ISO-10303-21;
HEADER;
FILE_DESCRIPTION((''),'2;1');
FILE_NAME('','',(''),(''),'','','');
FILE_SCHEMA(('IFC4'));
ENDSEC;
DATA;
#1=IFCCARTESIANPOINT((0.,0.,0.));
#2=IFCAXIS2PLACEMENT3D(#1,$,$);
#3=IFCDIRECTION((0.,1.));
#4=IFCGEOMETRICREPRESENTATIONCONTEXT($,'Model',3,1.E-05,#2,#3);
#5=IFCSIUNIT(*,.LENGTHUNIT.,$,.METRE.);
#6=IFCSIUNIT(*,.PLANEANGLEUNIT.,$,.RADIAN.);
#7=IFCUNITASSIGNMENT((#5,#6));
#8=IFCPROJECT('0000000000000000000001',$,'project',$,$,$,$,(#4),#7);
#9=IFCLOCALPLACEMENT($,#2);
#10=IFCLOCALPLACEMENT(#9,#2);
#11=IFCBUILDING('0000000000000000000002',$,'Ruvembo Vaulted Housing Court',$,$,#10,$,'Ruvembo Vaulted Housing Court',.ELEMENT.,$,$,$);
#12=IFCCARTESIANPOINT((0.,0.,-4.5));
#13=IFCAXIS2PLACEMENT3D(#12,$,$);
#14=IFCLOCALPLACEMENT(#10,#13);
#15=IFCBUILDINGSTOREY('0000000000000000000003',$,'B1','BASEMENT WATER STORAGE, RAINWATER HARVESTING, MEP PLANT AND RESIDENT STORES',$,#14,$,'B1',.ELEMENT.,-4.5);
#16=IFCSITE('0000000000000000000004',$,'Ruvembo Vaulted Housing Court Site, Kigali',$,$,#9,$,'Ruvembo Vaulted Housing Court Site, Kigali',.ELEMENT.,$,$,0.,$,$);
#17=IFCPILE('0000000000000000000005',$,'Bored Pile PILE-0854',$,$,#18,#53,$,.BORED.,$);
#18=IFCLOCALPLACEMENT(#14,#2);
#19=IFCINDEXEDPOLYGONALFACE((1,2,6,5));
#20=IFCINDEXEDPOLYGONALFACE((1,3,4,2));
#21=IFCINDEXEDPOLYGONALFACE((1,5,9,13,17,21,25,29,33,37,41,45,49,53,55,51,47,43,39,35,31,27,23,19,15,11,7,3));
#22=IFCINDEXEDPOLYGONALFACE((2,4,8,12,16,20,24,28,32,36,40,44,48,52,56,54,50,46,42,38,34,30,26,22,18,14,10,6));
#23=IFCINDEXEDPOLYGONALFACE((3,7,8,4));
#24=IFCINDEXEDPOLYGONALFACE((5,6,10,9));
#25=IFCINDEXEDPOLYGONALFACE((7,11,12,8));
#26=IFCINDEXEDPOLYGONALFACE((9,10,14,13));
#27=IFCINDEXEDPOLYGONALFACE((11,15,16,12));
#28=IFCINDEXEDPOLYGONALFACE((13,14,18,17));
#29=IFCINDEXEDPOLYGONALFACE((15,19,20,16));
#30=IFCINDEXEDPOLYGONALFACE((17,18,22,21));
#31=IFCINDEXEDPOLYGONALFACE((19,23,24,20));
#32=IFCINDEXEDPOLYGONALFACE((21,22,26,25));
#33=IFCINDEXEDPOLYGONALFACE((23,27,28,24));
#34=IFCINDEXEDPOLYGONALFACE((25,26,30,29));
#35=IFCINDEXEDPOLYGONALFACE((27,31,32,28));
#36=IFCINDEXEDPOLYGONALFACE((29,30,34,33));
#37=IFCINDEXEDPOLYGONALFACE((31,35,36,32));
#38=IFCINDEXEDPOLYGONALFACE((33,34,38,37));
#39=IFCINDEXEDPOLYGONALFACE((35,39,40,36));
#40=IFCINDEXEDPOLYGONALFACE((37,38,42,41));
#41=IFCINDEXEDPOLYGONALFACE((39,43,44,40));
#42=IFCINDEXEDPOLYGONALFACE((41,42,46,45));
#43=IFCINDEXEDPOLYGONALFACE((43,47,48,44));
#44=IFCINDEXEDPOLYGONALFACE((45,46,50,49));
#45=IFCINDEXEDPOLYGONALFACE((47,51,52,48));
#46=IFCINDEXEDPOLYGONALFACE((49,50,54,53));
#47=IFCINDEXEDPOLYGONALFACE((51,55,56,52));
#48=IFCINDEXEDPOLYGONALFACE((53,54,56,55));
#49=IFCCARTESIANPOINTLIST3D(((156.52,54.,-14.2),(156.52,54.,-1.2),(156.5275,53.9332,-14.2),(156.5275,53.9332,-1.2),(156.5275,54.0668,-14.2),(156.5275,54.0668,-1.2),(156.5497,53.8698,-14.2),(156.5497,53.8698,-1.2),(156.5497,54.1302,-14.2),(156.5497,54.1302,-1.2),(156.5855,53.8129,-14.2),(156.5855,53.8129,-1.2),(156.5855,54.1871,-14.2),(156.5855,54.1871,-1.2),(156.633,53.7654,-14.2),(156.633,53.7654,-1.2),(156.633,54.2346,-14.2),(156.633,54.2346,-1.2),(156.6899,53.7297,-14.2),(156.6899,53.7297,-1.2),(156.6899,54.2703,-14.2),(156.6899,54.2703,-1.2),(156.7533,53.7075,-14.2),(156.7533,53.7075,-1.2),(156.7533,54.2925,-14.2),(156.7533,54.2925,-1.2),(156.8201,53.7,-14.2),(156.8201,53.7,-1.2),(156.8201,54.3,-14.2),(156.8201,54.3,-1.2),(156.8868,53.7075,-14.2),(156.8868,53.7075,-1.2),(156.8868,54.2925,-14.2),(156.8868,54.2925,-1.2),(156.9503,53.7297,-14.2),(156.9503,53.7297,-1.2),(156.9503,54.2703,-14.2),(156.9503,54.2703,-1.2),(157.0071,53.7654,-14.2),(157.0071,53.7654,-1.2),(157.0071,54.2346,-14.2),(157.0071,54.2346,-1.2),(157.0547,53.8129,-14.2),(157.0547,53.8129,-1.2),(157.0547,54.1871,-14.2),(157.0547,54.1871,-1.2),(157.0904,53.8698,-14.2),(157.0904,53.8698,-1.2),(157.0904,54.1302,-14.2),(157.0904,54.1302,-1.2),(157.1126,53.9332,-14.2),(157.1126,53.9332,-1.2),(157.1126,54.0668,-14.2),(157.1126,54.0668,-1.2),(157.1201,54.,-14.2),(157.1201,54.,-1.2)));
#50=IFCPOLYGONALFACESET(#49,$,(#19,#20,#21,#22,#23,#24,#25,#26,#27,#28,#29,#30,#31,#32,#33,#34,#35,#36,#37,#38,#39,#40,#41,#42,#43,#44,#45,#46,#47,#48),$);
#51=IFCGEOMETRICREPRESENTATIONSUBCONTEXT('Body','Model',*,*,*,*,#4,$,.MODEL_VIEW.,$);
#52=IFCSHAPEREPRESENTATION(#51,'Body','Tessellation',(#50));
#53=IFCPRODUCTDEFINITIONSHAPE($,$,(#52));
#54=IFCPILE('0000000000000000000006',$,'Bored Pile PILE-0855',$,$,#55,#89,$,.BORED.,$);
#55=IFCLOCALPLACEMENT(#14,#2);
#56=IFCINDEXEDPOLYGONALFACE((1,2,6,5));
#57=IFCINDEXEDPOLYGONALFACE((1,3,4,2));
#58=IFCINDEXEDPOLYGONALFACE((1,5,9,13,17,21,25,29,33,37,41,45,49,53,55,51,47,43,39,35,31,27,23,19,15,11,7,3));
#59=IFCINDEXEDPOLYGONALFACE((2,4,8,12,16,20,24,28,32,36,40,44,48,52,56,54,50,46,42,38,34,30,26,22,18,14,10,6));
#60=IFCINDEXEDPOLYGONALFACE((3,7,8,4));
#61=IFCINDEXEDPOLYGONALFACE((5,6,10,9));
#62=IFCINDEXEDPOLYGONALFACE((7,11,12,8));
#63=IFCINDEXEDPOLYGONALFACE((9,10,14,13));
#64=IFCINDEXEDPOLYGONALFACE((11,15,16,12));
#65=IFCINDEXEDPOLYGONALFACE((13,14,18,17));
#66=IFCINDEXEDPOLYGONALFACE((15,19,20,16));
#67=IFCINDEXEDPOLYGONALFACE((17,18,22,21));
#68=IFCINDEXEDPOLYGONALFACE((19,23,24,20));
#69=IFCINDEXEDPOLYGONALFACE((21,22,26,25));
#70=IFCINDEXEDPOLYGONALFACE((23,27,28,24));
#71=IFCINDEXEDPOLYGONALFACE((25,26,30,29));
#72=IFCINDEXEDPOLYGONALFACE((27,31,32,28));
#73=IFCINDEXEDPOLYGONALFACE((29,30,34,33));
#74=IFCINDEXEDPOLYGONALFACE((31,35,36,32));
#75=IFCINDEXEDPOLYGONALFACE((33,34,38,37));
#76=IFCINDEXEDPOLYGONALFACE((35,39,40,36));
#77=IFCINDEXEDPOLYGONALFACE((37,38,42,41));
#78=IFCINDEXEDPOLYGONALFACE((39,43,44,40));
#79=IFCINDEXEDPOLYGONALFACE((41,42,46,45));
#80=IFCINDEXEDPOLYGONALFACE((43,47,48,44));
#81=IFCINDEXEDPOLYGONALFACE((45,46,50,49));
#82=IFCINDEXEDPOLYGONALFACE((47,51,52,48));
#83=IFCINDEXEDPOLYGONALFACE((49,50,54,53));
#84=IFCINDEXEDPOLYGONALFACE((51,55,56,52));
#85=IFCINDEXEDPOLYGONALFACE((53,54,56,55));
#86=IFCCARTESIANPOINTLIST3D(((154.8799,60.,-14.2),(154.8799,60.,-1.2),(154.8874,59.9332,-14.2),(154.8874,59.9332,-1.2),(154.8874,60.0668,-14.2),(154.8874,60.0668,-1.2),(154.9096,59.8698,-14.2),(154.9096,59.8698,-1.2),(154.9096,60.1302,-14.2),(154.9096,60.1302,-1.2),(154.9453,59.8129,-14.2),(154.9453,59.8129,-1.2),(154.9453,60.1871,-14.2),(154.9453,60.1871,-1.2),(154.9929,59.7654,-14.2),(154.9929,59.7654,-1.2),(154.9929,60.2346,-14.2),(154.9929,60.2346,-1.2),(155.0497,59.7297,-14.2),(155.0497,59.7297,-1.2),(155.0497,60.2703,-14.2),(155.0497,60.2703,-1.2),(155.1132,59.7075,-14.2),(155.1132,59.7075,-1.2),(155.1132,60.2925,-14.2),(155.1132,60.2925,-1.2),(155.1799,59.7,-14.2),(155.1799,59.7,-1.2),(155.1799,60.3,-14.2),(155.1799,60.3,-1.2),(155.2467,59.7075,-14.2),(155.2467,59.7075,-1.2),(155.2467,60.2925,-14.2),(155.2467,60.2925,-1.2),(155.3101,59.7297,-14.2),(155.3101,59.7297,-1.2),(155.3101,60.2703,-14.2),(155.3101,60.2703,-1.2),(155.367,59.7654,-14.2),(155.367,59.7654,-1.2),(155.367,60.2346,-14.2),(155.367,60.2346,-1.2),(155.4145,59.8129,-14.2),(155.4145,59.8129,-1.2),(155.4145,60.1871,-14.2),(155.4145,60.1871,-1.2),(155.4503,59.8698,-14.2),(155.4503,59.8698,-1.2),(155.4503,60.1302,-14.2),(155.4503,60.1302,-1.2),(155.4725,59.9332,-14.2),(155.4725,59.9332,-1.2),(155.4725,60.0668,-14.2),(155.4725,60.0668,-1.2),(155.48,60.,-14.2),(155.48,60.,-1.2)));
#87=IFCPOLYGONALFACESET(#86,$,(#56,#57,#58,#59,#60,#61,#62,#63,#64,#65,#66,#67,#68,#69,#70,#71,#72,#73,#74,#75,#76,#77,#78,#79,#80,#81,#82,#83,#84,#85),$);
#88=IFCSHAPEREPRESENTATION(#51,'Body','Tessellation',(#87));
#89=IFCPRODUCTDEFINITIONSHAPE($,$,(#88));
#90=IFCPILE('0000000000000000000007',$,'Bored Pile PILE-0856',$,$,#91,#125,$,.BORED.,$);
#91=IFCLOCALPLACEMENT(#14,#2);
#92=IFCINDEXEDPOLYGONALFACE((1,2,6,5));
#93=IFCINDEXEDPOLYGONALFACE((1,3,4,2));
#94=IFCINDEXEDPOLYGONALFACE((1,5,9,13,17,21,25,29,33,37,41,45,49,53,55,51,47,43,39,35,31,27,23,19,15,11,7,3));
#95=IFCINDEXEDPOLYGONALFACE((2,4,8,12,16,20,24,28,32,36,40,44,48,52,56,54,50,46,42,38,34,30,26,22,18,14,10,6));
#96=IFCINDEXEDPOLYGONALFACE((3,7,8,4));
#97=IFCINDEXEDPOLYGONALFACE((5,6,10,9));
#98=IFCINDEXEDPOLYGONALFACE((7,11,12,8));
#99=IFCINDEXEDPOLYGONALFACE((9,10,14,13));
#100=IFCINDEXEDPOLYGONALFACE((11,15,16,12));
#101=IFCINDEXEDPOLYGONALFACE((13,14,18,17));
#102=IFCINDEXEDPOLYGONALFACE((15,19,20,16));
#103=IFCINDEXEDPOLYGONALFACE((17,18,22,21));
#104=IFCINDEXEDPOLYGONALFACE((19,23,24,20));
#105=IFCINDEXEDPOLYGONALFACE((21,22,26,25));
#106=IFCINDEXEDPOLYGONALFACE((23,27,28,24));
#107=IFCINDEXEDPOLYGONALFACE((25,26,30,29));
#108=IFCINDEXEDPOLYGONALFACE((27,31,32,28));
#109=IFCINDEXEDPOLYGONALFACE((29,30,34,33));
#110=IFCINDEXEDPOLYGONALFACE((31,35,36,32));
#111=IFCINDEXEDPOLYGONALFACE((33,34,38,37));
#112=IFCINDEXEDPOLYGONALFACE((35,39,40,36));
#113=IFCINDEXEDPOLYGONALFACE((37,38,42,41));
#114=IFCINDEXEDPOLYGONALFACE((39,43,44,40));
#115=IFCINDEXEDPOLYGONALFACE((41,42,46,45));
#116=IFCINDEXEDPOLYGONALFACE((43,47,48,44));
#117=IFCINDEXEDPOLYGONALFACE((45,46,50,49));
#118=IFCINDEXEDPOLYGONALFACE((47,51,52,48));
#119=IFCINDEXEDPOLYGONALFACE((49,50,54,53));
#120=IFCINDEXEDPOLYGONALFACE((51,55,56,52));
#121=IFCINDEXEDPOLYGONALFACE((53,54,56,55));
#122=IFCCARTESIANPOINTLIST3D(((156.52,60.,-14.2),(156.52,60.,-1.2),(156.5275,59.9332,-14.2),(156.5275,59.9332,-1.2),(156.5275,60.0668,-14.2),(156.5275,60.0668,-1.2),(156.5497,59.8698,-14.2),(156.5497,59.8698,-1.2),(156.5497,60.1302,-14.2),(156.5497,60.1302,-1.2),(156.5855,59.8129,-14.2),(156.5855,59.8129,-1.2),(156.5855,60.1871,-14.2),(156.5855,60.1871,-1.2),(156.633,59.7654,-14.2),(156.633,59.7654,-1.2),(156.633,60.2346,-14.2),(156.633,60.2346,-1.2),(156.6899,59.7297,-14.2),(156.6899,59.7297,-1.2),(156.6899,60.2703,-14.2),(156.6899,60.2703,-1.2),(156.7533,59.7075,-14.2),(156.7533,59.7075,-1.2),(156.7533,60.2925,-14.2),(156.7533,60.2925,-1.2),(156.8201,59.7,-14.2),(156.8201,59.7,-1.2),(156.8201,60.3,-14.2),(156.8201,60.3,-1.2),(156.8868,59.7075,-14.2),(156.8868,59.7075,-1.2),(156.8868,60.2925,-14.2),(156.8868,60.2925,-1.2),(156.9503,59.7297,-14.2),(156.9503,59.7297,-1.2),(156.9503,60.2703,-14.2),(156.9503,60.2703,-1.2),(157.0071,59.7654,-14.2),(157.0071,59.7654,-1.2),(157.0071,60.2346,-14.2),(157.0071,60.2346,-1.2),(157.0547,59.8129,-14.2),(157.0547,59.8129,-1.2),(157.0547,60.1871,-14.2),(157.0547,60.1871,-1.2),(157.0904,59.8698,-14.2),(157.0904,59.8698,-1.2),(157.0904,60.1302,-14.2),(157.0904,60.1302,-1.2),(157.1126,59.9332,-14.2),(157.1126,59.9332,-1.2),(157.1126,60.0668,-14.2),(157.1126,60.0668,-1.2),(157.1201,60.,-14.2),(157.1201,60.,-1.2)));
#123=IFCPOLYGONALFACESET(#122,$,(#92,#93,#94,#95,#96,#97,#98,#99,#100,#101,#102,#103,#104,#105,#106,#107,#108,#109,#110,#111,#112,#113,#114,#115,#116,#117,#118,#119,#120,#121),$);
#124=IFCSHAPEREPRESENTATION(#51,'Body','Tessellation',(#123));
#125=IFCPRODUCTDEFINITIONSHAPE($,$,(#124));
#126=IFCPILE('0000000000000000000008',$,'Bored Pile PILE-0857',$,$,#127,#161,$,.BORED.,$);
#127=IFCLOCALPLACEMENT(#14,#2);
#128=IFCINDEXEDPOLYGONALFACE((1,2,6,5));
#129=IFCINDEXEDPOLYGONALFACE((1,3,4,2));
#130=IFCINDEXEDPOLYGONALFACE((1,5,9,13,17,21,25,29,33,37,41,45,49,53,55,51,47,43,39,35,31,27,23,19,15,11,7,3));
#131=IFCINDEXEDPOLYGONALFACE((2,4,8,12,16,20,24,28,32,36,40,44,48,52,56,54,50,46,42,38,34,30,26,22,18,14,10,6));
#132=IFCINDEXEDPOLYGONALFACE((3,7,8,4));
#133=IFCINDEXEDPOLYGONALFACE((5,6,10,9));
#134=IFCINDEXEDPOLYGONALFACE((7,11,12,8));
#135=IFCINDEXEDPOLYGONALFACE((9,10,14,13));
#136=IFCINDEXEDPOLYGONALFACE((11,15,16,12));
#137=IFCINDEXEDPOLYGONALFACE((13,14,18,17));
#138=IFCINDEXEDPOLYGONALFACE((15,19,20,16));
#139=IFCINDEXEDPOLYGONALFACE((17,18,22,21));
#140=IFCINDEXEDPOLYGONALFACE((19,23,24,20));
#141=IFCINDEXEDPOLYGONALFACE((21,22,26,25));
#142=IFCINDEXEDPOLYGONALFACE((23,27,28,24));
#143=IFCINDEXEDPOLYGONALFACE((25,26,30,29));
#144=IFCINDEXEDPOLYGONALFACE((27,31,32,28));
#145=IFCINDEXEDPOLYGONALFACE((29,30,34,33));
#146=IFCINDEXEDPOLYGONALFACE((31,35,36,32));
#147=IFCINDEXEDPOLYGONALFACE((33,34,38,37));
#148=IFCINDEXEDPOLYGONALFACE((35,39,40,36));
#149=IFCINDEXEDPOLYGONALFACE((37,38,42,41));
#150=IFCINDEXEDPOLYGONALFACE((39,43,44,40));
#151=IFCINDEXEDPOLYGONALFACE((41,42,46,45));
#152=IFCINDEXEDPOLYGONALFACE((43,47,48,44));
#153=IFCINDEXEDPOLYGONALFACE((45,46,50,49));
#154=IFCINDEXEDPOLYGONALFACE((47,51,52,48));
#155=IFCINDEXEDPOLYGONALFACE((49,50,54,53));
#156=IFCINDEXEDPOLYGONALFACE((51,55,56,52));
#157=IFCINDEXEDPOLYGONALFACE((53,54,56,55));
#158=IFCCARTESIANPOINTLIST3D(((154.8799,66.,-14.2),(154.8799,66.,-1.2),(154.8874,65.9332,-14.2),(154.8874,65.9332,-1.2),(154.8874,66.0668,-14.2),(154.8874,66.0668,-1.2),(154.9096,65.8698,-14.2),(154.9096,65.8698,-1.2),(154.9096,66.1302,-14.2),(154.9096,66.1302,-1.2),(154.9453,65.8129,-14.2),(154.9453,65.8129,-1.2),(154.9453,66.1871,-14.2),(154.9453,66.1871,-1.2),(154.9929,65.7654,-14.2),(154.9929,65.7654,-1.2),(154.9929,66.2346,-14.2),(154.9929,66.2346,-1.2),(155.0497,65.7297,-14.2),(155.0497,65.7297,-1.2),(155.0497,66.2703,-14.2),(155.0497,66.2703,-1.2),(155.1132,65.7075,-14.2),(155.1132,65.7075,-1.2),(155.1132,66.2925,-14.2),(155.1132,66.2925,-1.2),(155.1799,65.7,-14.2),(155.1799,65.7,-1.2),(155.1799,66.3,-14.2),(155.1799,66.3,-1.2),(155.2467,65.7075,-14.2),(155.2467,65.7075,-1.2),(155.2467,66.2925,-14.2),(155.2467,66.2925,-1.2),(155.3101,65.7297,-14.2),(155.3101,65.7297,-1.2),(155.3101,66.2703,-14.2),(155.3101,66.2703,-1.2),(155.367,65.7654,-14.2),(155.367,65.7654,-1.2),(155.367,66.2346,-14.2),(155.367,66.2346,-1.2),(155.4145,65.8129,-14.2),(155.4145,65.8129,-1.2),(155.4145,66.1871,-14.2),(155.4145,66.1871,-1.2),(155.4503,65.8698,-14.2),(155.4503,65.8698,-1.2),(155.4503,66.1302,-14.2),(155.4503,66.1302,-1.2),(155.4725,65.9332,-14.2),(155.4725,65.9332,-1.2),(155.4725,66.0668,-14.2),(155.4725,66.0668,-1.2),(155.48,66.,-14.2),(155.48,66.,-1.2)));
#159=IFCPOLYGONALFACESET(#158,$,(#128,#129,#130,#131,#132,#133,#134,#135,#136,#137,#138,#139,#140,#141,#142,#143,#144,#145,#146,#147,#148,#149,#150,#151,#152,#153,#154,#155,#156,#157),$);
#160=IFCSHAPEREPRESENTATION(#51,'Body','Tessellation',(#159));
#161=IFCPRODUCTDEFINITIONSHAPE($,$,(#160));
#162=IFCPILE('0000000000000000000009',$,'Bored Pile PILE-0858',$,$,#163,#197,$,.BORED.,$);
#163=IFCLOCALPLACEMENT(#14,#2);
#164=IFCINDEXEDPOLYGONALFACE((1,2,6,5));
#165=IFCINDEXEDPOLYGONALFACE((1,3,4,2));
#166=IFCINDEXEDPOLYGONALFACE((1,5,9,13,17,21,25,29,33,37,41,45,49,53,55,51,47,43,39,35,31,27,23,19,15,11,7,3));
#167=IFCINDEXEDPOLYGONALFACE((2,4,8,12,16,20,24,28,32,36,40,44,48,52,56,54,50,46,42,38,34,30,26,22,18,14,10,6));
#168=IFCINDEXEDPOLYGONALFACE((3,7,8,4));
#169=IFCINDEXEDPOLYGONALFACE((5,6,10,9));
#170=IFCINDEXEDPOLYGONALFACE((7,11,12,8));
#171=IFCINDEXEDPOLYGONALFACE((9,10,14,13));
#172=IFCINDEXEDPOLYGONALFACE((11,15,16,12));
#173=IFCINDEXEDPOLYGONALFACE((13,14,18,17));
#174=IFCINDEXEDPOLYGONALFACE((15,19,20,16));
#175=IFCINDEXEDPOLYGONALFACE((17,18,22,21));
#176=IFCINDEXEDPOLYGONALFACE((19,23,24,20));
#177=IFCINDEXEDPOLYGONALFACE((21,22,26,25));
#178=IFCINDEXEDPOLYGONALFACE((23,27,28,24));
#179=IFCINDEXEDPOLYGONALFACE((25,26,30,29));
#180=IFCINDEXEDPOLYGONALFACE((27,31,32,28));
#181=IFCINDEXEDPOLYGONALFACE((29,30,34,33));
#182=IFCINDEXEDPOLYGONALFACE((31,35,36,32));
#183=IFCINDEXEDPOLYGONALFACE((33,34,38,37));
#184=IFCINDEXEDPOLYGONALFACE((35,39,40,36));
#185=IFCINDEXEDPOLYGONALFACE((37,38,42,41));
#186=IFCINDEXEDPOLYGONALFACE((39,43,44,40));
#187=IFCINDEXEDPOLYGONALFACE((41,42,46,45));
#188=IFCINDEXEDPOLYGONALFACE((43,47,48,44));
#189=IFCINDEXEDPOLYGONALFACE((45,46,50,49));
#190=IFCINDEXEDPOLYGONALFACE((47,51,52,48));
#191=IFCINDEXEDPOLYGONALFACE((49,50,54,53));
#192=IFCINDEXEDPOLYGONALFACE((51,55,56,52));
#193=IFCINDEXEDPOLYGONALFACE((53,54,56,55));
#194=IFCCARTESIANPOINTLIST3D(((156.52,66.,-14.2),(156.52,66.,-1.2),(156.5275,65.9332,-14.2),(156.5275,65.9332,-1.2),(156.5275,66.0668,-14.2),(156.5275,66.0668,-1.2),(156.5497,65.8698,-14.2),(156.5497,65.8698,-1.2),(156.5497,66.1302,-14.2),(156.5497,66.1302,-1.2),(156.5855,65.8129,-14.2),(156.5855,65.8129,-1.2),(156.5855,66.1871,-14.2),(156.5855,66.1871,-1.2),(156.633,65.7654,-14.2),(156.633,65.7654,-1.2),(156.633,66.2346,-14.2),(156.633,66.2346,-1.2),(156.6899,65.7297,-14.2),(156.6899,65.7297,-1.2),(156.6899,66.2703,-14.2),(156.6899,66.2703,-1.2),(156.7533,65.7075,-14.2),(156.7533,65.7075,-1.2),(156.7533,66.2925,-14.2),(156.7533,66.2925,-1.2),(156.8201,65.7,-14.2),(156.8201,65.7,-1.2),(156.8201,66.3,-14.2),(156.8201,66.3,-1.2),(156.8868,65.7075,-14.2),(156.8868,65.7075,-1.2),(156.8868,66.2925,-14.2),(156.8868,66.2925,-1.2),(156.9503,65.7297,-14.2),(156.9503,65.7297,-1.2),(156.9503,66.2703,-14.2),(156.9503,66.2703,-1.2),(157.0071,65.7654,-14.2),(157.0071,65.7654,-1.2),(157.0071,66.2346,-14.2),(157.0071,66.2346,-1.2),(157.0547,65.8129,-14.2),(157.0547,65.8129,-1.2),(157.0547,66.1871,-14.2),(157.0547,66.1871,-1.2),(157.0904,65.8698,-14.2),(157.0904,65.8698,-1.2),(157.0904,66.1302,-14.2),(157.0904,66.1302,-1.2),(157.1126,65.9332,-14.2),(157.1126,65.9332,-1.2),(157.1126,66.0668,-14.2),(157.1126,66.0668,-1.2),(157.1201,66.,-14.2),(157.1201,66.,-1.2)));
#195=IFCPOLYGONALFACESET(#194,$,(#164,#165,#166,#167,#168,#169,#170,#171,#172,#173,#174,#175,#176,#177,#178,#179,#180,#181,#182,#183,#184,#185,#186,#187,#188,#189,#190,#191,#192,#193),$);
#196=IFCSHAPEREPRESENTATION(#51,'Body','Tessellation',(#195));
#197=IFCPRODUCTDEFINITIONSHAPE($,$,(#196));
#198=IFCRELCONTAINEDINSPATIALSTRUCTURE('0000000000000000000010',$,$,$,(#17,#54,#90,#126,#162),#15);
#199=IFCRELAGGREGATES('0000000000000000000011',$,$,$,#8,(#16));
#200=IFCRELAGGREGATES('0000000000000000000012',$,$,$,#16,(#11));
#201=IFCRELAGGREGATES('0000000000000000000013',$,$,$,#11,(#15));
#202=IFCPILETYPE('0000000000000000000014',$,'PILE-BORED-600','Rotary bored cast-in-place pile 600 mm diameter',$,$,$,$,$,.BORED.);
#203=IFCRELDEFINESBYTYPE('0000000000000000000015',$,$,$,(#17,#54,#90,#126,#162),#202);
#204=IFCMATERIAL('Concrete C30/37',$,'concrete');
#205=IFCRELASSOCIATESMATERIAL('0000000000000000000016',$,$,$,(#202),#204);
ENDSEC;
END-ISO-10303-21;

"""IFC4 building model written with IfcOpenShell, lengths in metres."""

from ifc_helpers import new_model, si_unit, direction, frame, origin, origin_2d, place, context, subcontext, project, spatial, circle, extrude, material, material_profile, profile_set, type_object, element, save


model = new_model("IFC4")

# Units and contexts
model_context = context("Model", 3, precision=1e-05, world=origin(), true_north=direction((0.0, 1.0)))
body_context = subcontext(model_context, "Body", "Model", "MODEL_VIEW")
ifc_project = project(units=[si_unit("LENGTHUNIT", "METRE"), si_unit("PLANEANGLEUNIT", "RADIAN")], contexts=[model_context])

# Site, building, storey
site_placement = place(None, origin())
site = spatial("IfcSite", under=ifc_project, at=site_placement, Name="Ruvembo Vaulted Housing Court Site, Kigali", LongName="Ruvembo Vaulted Housing Court Site, Kigali", CompositionType="ELEMENT", RefElevation=0.0)
building_placement = place(site_placement, origin())
building = spatial("IfcBuilding", under=site, at=building_placement, Name="Ruvembo Vaulted Housing Court", LongName="Ruvembo Vaulted Housing Court", CompositionType="ELEMENT")
storey_placement = place(building_placement, frame((0.0, 0.0, -4.5)))
storey = spatial("IfcBuildingStorey", under=building, at=storey_placement, Name="B1", Description="BASEMENT WATER STORAGE, RAINWATER HARVESTING, MEP PLANT AND RESIDENT STORES", LongName="B1", CompositionType="ELEMENT", Elevation=-4.5)

# Piles
ifc_material_1 = material(Name="Concrete C30/37", Category="concrete")
ifc_material_profile_1 = material_profile(ifc_material_1, circle(Radius=0.3, at=origin_2d()), Name="PILE D600")
ifc_profile_set_1 = profile_set([ifc_material_profile_1], Name="Concrete C30/37")
pile_type = type_object("IfcPileType", Name="PILE-BORED-600", Description="Rotary bored cast-in-place pile 600 mm diameter", PredefinedType="BORED", material=ifc_profile_set_1)
for number, where, z_axis, x_axis, name in (
    (1, (156.8201, 54.0, -1.2), (0.0, 0.0, -1.0), (1.0, 0.0, 0.0), "Bored Pile PILE-0854"),
    (2, (155.1799, 60.0, -1.2), (0.0, 0.0, -1.0), (1.0, 0.0, 0.0), "Bored Pile PILE-0855"),
    (3, (156.8201, 60.0, -1.2), (0.0, 0.0, -1.0), (1.0, 0.0, 0.0), "Bored Pile PILE-0856"),
    (4, (155.1799, 66.0, -1.2), (0.0, 0.0, -1.0), (1.0, 0.0, 0.0), "Bored Pile PILE-0857"),
    (5, (156.8201, 66.0, -1.2), (0.0, 0.0, -1.0), (1.0, 0.0, 0.0), "Bored Pile PILE-0858"),
):
    element("IfcPile", number, at=place(storey_placement, frame(where, z_axis=z_axis, x_axis=x_axis)), inside=storey, type_object=pile_type, Name=name, PredefinedType="BORED", context=body_context, shape_type="SweptSolid", body=[
        extrude(circle(Radius=0.3, at=origin_2d()), origin(), (0.0, 0.0, 1.0), 13.0),
    ])

save(model, "model.ifc")
